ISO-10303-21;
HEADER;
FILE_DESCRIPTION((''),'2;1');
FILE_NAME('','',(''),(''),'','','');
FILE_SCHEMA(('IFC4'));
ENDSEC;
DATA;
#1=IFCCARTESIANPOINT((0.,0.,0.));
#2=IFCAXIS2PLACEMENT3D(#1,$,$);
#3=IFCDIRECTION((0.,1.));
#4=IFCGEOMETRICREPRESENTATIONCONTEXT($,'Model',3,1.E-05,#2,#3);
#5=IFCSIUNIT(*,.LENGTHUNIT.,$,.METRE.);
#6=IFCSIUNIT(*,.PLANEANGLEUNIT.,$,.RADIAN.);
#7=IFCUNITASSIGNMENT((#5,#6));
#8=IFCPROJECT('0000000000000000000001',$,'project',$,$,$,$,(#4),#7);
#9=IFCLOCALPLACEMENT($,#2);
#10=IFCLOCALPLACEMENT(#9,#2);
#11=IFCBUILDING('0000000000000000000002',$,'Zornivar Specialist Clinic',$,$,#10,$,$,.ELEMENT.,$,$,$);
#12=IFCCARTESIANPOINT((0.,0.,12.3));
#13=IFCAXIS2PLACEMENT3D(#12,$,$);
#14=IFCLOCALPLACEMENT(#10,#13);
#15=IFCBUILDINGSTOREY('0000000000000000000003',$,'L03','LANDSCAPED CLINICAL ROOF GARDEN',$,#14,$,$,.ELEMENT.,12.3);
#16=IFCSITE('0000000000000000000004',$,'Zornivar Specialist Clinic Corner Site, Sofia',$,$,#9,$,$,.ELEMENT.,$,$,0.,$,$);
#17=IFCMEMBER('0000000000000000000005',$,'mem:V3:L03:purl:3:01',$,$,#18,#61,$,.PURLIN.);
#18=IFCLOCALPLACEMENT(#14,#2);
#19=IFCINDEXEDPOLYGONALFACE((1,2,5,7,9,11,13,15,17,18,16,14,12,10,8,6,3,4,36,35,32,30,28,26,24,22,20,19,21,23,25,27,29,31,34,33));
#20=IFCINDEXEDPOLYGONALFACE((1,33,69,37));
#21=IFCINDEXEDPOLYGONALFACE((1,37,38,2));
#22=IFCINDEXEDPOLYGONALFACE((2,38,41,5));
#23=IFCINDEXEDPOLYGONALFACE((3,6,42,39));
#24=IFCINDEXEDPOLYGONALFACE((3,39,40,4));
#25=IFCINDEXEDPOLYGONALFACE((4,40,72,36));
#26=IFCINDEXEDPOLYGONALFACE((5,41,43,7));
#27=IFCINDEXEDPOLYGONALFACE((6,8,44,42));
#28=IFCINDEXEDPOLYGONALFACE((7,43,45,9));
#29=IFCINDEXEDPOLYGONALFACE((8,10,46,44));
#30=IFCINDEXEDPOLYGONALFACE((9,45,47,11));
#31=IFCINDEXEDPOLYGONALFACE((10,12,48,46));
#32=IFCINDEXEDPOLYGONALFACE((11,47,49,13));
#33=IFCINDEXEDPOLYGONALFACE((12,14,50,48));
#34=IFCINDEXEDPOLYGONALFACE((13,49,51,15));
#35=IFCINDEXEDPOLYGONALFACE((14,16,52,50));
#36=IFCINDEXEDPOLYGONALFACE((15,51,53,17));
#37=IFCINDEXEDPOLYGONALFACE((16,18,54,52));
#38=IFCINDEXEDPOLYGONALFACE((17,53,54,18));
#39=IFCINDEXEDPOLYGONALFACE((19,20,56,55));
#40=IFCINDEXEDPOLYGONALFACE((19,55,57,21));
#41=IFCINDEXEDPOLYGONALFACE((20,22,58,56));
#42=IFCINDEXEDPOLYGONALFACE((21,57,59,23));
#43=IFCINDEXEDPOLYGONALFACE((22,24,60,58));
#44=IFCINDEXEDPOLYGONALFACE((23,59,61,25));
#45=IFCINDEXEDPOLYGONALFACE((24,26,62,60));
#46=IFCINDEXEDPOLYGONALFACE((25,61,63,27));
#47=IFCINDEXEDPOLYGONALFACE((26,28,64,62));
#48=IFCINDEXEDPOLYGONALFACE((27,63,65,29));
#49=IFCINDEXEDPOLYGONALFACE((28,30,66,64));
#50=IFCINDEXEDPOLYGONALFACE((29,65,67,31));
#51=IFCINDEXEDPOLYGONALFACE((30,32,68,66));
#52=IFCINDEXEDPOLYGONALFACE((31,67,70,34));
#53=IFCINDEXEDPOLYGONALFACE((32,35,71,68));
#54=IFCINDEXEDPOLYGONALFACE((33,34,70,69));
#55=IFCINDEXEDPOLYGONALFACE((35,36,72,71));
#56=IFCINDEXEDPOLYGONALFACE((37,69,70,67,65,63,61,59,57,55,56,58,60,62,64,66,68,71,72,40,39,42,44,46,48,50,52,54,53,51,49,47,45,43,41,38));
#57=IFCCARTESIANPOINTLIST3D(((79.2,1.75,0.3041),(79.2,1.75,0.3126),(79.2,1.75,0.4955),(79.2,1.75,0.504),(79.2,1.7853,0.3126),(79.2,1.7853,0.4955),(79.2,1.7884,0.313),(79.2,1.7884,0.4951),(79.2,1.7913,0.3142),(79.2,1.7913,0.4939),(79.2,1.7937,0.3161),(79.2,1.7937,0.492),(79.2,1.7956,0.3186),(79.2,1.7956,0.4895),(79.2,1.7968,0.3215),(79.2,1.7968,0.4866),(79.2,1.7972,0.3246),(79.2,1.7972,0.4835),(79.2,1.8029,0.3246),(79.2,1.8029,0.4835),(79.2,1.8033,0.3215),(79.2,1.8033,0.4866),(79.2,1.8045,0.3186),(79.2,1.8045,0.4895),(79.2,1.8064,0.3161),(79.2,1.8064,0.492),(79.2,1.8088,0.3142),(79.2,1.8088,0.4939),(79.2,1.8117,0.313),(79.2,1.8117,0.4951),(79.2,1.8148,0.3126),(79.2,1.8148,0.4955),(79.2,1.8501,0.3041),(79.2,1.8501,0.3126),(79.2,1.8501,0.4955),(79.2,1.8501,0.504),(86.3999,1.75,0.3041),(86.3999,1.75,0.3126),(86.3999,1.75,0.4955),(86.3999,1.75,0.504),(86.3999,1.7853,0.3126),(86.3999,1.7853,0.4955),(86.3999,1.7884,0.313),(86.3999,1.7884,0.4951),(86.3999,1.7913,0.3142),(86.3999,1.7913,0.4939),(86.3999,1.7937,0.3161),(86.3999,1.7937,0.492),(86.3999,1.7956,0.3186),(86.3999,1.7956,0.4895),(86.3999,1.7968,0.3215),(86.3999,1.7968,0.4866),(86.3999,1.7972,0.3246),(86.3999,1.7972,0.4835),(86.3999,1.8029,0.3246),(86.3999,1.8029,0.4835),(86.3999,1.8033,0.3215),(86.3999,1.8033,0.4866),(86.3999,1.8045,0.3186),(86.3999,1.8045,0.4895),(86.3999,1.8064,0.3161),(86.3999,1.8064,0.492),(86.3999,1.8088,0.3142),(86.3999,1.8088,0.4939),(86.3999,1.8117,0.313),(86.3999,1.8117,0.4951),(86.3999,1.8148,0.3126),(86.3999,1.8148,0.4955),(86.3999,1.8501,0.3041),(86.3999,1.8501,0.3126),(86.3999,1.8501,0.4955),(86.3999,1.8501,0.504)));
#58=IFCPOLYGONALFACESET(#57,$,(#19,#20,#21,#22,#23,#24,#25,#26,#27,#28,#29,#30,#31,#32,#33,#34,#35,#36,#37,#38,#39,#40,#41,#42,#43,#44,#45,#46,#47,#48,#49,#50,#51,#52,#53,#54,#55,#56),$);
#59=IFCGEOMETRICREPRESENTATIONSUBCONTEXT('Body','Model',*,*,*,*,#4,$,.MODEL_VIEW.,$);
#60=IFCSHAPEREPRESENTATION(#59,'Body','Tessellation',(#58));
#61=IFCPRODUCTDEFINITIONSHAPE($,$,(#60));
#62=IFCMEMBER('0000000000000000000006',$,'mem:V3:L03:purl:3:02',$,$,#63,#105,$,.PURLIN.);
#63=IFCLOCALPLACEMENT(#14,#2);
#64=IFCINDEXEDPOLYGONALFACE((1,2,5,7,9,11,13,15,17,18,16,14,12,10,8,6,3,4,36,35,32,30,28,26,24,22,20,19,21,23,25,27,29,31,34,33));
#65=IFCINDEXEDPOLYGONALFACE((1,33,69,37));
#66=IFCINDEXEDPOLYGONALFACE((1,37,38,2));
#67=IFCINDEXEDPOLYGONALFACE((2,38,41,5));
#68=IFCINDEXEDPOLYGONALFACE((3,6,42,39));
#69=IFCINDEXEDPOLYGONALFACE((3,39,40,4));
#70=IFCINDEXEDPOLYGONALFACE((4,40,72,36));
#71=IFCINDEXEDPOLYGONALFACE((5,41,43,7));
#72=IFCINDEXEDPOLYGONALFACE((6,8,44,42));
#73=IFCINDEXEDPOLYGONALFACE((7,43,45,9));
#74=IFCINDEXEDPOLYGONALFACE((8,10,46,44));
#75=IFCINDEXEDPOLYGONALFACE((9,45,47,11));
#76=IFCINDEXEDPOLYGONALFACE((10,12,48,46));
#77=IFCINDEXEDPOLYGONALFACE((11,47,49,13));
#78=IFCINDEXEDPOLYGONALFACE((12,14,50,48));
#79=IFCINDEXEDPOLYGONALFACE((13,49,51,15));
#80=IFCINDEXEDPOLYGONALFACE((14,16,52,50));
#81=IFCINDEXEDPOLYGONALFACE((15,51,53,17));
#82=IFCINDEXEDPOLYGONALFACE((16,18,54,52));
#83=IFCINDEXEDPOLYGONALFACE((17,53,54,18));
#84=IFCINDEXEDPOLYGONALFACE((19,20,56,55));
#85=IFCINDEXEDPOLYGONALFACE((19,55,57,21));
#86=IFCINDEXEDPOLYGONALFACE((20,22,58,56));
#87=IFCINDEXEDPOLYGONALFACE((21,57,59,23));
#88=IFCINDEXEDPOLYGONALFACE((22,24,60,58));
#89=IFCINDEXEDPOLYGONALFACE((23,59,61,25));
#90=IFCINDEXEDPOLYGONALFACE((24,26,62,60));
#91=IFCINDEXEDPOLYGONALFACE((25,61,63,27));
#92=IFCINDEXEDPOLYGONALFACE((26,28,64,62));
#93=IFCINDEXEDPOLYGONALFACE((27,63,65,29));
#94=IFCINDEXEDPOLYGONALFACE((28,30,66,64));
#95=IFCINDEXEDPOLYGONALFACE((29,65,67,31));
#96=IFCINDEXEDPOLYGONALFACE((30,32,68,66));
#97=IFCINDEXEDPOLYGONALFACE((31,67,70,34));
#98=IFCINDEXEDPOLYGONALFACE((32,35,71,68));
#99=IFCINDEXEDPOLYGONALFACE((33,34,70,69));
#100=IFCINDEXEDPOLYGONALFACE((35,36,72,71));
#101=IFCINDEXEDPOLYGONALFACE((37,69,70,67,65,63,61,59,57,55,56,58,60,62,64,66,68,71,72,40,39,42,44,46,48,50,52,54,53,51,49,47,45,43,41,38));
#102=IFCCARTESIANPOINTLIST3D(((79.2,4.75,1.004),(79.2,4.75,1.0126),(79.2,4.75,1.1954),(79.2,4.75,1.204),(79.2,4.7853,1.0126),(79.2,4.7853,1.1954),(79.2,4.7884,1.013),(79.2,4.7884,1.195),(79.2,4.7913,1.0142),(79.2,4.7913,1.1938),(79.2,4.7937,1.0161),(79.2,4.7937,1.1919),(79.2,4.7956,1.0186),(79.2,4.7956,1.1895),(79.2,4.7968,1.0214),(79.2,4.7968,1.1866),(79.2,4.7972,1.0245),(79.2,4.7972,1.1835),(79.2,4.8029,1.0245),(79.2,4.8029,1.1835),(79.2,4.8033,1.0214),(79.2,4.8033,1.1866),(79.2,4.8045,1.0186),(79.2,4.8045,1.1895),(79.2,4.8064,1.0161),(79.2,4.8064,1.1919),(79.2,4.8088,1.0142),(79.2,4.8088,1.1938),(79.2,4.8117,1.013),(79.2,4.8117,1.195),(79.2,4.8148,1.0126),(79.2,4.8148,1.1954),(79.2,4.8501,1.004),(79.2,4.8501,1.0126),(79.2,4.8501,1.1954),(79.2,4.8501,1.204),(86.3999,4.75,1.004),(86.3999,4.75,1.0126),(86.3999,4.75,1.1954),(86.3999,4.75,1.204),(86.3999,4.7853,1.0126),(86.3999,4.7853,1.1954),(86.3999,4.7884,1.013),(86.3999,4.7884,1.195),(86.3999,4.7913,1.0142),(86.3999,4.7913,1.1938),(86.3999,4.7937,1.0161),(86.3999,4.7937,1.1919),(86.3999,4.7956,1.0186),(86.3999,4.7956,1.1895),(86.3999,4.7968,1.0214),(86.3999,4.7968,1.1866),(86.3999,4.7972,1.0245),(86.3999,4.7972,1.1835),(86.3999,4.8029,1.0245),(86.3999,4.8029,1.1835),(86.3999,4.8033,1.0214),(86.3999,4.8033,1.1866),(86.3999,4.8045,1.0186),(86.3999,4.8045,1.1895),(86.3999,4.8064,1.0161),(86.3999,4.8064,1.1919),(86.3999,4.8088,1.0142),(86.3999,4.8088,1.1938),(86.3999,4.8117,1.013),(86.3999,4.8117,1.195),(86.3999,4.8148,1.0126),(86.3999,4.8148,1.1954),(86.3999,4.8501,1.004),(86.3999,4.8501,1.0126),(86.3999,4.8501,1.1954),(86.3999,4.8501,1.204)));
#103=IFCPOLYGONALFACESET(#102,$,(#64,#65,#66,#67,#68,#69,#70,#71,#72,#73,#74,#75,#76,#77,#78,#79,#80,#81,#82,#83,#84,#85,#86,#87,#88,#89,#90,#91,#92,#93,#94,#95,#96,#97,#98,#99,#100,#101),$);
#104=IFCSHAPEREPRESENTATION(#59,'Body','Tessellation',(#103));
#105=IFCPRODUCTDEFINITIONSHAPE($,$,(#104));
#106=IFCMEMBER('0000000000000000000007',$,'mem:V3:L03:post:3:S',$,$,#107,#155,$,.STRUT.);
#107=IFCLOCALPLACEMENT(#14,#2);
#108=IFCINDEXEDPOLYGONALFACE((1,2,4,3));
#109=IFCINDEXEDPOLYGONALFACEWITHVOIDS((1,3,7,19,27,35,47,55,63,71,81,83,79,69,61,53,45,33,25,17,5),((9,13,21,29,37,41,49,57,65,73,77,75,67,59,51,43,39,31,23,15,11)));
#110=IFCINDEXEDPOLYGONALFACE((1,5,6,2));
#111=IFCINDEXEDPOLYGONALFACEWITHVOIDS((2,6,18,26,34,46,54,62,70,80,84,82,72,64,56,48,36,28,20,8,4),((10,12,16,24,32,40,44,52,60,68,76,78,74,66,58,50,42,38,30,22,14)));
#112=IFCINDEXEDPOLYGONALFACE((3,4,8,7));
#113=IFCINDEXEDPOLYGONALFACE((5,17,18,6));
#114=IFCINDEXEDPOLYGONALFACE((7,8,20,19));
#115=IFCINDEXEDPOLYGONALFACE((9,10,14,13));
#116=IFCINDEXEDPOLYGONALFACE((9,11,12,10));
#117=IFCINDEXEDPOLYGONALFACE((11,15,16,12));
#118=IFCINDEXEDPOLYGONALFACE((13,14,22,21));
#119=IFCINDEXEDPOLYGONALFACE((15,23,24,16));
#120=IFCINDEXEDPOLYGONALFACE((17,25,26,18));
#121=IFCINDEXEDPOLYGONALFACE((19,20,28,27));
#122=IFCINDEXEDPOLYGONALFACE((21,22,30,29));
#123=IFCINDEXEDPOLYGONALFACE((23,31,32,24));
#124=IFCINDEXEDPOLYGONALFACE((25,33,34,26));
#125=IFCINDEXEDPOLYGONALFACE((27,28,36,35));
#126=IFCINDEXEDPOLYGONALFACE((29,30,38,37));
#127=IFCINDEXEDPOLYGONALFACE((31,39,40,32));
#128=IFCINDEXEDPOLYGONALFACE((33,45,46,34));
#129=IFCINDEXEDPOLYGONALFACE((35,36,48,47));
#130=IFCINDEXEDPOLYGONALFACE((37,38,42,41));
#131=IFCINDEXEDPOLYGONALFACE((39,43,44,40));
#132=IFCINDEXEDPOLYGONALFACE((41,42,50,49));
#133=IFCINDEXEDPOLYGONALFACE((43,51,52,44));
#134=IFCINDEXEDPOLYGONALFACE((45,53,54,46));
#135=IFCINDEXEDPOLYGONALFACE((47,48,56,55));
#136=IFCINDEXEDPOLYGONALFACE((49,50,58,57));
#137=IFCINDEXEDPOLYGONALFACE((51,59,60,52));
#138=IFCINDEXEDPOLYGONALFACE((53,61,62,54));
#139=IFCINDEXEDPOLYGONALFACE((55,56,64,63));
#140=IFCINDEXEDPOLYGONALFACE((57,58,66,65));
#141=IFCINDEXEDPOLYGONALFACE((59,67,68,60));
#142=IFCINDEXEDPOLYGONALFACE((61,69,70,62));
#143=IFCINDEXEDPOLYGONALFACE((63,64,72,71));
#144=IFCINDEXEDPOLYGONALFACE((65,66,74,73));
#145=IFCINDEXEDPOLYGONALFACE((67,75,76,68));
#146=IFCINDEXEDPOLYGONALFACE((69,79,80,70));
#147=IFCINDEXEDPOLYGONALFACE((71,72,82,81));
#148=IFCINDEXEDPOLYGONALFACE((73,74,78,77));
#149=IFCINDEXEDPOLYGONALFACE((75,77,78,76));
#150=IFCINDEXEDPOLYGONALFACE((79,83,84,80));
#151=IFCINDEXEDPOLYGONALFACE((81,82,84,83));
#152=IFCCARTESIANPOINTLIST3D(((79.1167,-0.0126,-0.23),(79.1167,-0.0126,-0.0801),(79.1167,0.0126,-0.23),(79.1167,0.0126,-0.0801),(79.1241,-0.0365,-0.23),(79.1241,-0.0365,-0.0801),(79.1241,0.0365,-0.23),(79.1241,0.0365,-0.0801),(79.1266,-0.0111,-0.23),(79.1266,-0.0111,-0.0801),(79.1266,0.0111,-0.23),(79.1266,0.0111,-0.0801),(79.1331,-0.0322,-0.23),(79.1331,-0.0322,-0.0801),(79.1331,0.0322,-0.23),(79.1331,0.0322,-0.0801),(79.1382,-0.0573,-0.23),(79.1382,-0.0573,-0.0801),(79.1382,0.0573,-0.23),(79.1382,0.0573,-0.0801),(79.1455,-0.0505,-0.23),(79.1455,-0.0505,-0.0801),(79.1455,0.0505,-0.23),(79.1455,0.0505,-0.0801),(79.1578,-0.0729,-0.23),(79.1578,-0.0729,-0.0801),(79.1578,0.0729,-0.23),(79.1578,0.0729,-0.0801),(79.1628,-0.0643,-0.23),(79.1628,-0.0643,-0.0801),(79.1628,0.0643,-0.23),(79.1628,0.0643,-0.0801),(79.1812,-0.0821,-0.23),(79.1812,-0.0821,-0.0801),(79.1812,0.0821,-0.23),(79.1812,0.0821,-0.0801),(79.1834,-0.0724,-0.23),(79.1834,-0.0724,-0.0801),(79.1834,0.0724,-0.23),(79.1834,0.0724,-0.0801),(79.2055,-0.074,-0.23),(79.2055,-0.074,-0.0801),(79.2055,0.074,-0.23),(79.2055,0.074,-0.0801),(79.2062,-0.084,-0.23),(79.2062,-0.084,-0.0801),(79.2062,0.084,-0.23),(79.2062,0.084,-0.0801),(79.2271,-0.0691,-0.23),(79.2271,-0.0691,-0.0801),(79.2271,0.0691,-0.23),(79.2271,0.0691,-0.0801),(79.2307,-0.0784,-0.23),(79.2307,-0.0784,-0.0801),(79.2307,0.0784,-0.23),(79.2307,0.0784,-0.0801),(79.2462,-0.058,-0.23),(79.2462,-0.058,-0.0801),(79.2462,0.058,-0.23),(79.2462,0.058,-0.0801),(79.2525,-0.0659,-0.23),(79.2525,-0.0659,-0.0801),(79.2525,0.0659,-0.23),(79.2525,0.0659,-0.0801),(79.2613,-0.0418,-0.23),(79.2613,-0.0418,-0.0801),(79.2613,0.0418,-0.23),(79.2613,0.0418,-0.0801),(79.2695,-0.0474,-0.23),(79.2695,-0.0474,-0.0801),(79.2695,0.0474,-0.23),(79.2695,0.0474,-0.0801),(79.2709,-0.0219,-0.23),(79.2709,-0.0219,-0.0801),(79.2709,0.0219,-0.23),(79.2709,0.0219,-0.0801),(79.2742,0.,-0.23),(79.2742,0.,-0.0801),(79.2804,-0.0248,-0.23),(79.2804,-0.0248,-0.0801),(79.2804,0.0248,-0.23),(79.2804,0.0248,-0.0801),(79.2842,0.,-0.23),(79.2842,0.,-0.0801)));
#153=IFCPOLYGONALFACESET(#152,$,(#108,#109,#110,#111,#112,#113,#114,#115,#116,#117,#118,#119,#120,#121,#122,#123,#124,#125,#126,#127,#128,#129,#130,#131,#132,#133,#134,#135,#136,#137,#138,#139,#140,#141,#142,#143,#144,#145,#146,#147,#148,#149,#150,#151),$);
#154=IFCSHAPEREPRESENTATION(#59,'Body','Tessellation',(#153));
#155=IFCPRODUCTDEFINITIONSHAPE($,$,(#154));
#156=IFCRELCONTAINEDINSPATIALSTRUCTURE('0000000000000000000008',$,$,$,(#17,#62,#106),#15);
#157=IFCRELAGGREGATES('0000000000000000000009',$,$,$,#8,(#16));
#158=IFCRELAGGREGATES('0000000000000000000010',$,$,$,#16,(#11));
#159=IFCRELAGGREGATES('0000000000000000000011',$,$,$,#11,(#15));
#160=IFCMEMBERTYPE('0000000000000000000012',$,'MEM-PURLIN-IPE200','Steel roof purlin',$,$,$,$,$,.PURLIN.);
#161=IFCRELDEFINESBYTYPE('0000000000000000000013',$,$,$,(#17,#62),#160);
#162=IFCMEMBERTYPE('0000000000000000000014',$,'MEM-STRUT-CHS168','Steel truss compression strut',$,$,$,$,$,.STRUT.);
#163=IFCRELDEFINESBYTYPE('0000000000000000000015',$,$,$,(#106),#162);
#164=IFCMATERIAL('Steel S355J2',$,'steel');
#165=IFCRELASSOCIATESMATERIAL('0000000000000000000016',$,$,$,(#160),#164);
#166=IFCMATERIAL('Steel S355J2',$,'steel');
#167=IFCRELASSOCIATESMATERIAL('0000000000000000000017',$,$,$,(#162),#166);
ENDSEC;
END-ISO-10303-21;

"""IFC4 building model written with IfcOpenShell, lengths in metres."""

from ifc_helpers import new_model, si_unit, direction, frame, origin, origin_2d, place, context, subcontext, project, spatial, hollow_circle, i_section, extrude, material, material_profile, profile_set, type_object, element, save


model = new_model("IFC4")

# Units and contexts
model_context = context("Model", 3, precision=1e-05, world=origin(), true_north=direction((0.0, 1.0)))
body_context = subcontext(model_context, "Body", "Model", "MODEL_VIEW")
ifc_project = project(units=[si_unit("LENGTHUNIT", "METRE"), si_unit("PLANEANGLEUNIT", "RADIAN")], contexts=[model_context])

# Site, building, storey
site_placement = place(None, origin())
site = spatial("IfcSite", under=ifc_project, at=site_placement, Name="Zornivar Specialist Clinic Corner Site, Sofia", CompositionType="ELEMENT", RefElevation=0.0)
building_placement = place(site_placement, origin())
building = spatial("IfcBuilding", under=site, at=building_placement, Name="Zornivar Specialist Clinic", CompositionType="ELEMENT")
storey_placement = place(building_placement, frame((0.0, 0.0, 12.3)))
storey = spatial("IfcBuildingStorey", under=building, at=storey_placement, Name="L03", Description="LANDSCAPED CLINICAL ROOF GARDEN", CompositionType="ELEMENT", Elevation=12.3)

# Members
ifc_material_1 = material(Name="Steel S355J2", Category="steel")
ifc_material_profile_1 = material_profile(ifc_material_1, i_section(OverallWidth=0.1001, OverallDepth=0.2, WebThickness=0.0056, FlangeThickness=0.0085, FilletRadius=0.012, at=origin_2d()), Name="IPE 200")
ifc_profile_set_1 = profile_set([ifc_material_profile_1], Name="Steel S355J2")
member_type_1 = type_object("IfcMemberType", Name="MEM-PURLIN-IPE200", Description="Steel roof purlin", PredefinedType="PURLIN", material=ifc_profile_set_1)
for number, where, z_axis, x_axis, name in (
    (1, (79.2, 1.8, 0.4041), (1.0, 0.0, 0.0), (0.0, 1.0, 0.0), "mem:V3:L03:purl:3:01"),
    (2, (79.2, 4.8, 1.104), (1.0, 0.0, 0.0), (0.0, 1.0, 0.0), "mem:V3:L03:purl:3:02"),
):
    element("IfcMember", number, at=place(storey_placement, frame(where, z_axis=z_axis, x_axis=x_axis)), inside=storey, type_object=member_type_1, Name=name, PredefinedType="PURLIN", context=body_context, shape_type="SweptSolid", body=[
        extrude(i_section(OverallWidth=0.1001, OverallDepth=0.2, WebThickness=0.0056, FlangeThickness=0.0085, FilletRadius=0.012, at=origin_2d()), origin(), (0.0, 0.0, 1.0), 7.2),
    ])
ifc_material_2 = material(Name="Steel S355J2", Category="steel")
ifc_material_profile_2 = material_profile(ifc_material_2, hollow_circle(Radius=0.0842, WallThickness=0.01, at=origin_2d()), Name="CHS 168.3x10")
ifc_profile_set_2 = profile_set([ifc_material_profile_2], Name="Steel S355J2")
member_type_2 = type_object("IfcMemberType", Name="MEM-STRUT-CHS168", Description="Steel truss compression strut", PredefinedType="STRUT", material=ifc_profile_set_2)
member_1_placement = place(storey_placement, frame((79.2, 0.0, -0.0801), z_axis=(0.0, 0.0, -1.0), x_axis=(1.0, 0.0, 0.0)))
element("IfcMember", 3, at=member_1_placement, inside=storey, type_object=member_type_2, Name="mem:V3:L03:post:3:S", PredefinedType="STRUT", context=body_context, shape_type="SweptSolid", body=[
    extrude(hollow_circle(Radius=0.0842, WallThickness=0.01, at=origin_2d()), origin(), (0.0, 0.0, 1.0), 0.1499),
])

save(model, "model.ifc")
